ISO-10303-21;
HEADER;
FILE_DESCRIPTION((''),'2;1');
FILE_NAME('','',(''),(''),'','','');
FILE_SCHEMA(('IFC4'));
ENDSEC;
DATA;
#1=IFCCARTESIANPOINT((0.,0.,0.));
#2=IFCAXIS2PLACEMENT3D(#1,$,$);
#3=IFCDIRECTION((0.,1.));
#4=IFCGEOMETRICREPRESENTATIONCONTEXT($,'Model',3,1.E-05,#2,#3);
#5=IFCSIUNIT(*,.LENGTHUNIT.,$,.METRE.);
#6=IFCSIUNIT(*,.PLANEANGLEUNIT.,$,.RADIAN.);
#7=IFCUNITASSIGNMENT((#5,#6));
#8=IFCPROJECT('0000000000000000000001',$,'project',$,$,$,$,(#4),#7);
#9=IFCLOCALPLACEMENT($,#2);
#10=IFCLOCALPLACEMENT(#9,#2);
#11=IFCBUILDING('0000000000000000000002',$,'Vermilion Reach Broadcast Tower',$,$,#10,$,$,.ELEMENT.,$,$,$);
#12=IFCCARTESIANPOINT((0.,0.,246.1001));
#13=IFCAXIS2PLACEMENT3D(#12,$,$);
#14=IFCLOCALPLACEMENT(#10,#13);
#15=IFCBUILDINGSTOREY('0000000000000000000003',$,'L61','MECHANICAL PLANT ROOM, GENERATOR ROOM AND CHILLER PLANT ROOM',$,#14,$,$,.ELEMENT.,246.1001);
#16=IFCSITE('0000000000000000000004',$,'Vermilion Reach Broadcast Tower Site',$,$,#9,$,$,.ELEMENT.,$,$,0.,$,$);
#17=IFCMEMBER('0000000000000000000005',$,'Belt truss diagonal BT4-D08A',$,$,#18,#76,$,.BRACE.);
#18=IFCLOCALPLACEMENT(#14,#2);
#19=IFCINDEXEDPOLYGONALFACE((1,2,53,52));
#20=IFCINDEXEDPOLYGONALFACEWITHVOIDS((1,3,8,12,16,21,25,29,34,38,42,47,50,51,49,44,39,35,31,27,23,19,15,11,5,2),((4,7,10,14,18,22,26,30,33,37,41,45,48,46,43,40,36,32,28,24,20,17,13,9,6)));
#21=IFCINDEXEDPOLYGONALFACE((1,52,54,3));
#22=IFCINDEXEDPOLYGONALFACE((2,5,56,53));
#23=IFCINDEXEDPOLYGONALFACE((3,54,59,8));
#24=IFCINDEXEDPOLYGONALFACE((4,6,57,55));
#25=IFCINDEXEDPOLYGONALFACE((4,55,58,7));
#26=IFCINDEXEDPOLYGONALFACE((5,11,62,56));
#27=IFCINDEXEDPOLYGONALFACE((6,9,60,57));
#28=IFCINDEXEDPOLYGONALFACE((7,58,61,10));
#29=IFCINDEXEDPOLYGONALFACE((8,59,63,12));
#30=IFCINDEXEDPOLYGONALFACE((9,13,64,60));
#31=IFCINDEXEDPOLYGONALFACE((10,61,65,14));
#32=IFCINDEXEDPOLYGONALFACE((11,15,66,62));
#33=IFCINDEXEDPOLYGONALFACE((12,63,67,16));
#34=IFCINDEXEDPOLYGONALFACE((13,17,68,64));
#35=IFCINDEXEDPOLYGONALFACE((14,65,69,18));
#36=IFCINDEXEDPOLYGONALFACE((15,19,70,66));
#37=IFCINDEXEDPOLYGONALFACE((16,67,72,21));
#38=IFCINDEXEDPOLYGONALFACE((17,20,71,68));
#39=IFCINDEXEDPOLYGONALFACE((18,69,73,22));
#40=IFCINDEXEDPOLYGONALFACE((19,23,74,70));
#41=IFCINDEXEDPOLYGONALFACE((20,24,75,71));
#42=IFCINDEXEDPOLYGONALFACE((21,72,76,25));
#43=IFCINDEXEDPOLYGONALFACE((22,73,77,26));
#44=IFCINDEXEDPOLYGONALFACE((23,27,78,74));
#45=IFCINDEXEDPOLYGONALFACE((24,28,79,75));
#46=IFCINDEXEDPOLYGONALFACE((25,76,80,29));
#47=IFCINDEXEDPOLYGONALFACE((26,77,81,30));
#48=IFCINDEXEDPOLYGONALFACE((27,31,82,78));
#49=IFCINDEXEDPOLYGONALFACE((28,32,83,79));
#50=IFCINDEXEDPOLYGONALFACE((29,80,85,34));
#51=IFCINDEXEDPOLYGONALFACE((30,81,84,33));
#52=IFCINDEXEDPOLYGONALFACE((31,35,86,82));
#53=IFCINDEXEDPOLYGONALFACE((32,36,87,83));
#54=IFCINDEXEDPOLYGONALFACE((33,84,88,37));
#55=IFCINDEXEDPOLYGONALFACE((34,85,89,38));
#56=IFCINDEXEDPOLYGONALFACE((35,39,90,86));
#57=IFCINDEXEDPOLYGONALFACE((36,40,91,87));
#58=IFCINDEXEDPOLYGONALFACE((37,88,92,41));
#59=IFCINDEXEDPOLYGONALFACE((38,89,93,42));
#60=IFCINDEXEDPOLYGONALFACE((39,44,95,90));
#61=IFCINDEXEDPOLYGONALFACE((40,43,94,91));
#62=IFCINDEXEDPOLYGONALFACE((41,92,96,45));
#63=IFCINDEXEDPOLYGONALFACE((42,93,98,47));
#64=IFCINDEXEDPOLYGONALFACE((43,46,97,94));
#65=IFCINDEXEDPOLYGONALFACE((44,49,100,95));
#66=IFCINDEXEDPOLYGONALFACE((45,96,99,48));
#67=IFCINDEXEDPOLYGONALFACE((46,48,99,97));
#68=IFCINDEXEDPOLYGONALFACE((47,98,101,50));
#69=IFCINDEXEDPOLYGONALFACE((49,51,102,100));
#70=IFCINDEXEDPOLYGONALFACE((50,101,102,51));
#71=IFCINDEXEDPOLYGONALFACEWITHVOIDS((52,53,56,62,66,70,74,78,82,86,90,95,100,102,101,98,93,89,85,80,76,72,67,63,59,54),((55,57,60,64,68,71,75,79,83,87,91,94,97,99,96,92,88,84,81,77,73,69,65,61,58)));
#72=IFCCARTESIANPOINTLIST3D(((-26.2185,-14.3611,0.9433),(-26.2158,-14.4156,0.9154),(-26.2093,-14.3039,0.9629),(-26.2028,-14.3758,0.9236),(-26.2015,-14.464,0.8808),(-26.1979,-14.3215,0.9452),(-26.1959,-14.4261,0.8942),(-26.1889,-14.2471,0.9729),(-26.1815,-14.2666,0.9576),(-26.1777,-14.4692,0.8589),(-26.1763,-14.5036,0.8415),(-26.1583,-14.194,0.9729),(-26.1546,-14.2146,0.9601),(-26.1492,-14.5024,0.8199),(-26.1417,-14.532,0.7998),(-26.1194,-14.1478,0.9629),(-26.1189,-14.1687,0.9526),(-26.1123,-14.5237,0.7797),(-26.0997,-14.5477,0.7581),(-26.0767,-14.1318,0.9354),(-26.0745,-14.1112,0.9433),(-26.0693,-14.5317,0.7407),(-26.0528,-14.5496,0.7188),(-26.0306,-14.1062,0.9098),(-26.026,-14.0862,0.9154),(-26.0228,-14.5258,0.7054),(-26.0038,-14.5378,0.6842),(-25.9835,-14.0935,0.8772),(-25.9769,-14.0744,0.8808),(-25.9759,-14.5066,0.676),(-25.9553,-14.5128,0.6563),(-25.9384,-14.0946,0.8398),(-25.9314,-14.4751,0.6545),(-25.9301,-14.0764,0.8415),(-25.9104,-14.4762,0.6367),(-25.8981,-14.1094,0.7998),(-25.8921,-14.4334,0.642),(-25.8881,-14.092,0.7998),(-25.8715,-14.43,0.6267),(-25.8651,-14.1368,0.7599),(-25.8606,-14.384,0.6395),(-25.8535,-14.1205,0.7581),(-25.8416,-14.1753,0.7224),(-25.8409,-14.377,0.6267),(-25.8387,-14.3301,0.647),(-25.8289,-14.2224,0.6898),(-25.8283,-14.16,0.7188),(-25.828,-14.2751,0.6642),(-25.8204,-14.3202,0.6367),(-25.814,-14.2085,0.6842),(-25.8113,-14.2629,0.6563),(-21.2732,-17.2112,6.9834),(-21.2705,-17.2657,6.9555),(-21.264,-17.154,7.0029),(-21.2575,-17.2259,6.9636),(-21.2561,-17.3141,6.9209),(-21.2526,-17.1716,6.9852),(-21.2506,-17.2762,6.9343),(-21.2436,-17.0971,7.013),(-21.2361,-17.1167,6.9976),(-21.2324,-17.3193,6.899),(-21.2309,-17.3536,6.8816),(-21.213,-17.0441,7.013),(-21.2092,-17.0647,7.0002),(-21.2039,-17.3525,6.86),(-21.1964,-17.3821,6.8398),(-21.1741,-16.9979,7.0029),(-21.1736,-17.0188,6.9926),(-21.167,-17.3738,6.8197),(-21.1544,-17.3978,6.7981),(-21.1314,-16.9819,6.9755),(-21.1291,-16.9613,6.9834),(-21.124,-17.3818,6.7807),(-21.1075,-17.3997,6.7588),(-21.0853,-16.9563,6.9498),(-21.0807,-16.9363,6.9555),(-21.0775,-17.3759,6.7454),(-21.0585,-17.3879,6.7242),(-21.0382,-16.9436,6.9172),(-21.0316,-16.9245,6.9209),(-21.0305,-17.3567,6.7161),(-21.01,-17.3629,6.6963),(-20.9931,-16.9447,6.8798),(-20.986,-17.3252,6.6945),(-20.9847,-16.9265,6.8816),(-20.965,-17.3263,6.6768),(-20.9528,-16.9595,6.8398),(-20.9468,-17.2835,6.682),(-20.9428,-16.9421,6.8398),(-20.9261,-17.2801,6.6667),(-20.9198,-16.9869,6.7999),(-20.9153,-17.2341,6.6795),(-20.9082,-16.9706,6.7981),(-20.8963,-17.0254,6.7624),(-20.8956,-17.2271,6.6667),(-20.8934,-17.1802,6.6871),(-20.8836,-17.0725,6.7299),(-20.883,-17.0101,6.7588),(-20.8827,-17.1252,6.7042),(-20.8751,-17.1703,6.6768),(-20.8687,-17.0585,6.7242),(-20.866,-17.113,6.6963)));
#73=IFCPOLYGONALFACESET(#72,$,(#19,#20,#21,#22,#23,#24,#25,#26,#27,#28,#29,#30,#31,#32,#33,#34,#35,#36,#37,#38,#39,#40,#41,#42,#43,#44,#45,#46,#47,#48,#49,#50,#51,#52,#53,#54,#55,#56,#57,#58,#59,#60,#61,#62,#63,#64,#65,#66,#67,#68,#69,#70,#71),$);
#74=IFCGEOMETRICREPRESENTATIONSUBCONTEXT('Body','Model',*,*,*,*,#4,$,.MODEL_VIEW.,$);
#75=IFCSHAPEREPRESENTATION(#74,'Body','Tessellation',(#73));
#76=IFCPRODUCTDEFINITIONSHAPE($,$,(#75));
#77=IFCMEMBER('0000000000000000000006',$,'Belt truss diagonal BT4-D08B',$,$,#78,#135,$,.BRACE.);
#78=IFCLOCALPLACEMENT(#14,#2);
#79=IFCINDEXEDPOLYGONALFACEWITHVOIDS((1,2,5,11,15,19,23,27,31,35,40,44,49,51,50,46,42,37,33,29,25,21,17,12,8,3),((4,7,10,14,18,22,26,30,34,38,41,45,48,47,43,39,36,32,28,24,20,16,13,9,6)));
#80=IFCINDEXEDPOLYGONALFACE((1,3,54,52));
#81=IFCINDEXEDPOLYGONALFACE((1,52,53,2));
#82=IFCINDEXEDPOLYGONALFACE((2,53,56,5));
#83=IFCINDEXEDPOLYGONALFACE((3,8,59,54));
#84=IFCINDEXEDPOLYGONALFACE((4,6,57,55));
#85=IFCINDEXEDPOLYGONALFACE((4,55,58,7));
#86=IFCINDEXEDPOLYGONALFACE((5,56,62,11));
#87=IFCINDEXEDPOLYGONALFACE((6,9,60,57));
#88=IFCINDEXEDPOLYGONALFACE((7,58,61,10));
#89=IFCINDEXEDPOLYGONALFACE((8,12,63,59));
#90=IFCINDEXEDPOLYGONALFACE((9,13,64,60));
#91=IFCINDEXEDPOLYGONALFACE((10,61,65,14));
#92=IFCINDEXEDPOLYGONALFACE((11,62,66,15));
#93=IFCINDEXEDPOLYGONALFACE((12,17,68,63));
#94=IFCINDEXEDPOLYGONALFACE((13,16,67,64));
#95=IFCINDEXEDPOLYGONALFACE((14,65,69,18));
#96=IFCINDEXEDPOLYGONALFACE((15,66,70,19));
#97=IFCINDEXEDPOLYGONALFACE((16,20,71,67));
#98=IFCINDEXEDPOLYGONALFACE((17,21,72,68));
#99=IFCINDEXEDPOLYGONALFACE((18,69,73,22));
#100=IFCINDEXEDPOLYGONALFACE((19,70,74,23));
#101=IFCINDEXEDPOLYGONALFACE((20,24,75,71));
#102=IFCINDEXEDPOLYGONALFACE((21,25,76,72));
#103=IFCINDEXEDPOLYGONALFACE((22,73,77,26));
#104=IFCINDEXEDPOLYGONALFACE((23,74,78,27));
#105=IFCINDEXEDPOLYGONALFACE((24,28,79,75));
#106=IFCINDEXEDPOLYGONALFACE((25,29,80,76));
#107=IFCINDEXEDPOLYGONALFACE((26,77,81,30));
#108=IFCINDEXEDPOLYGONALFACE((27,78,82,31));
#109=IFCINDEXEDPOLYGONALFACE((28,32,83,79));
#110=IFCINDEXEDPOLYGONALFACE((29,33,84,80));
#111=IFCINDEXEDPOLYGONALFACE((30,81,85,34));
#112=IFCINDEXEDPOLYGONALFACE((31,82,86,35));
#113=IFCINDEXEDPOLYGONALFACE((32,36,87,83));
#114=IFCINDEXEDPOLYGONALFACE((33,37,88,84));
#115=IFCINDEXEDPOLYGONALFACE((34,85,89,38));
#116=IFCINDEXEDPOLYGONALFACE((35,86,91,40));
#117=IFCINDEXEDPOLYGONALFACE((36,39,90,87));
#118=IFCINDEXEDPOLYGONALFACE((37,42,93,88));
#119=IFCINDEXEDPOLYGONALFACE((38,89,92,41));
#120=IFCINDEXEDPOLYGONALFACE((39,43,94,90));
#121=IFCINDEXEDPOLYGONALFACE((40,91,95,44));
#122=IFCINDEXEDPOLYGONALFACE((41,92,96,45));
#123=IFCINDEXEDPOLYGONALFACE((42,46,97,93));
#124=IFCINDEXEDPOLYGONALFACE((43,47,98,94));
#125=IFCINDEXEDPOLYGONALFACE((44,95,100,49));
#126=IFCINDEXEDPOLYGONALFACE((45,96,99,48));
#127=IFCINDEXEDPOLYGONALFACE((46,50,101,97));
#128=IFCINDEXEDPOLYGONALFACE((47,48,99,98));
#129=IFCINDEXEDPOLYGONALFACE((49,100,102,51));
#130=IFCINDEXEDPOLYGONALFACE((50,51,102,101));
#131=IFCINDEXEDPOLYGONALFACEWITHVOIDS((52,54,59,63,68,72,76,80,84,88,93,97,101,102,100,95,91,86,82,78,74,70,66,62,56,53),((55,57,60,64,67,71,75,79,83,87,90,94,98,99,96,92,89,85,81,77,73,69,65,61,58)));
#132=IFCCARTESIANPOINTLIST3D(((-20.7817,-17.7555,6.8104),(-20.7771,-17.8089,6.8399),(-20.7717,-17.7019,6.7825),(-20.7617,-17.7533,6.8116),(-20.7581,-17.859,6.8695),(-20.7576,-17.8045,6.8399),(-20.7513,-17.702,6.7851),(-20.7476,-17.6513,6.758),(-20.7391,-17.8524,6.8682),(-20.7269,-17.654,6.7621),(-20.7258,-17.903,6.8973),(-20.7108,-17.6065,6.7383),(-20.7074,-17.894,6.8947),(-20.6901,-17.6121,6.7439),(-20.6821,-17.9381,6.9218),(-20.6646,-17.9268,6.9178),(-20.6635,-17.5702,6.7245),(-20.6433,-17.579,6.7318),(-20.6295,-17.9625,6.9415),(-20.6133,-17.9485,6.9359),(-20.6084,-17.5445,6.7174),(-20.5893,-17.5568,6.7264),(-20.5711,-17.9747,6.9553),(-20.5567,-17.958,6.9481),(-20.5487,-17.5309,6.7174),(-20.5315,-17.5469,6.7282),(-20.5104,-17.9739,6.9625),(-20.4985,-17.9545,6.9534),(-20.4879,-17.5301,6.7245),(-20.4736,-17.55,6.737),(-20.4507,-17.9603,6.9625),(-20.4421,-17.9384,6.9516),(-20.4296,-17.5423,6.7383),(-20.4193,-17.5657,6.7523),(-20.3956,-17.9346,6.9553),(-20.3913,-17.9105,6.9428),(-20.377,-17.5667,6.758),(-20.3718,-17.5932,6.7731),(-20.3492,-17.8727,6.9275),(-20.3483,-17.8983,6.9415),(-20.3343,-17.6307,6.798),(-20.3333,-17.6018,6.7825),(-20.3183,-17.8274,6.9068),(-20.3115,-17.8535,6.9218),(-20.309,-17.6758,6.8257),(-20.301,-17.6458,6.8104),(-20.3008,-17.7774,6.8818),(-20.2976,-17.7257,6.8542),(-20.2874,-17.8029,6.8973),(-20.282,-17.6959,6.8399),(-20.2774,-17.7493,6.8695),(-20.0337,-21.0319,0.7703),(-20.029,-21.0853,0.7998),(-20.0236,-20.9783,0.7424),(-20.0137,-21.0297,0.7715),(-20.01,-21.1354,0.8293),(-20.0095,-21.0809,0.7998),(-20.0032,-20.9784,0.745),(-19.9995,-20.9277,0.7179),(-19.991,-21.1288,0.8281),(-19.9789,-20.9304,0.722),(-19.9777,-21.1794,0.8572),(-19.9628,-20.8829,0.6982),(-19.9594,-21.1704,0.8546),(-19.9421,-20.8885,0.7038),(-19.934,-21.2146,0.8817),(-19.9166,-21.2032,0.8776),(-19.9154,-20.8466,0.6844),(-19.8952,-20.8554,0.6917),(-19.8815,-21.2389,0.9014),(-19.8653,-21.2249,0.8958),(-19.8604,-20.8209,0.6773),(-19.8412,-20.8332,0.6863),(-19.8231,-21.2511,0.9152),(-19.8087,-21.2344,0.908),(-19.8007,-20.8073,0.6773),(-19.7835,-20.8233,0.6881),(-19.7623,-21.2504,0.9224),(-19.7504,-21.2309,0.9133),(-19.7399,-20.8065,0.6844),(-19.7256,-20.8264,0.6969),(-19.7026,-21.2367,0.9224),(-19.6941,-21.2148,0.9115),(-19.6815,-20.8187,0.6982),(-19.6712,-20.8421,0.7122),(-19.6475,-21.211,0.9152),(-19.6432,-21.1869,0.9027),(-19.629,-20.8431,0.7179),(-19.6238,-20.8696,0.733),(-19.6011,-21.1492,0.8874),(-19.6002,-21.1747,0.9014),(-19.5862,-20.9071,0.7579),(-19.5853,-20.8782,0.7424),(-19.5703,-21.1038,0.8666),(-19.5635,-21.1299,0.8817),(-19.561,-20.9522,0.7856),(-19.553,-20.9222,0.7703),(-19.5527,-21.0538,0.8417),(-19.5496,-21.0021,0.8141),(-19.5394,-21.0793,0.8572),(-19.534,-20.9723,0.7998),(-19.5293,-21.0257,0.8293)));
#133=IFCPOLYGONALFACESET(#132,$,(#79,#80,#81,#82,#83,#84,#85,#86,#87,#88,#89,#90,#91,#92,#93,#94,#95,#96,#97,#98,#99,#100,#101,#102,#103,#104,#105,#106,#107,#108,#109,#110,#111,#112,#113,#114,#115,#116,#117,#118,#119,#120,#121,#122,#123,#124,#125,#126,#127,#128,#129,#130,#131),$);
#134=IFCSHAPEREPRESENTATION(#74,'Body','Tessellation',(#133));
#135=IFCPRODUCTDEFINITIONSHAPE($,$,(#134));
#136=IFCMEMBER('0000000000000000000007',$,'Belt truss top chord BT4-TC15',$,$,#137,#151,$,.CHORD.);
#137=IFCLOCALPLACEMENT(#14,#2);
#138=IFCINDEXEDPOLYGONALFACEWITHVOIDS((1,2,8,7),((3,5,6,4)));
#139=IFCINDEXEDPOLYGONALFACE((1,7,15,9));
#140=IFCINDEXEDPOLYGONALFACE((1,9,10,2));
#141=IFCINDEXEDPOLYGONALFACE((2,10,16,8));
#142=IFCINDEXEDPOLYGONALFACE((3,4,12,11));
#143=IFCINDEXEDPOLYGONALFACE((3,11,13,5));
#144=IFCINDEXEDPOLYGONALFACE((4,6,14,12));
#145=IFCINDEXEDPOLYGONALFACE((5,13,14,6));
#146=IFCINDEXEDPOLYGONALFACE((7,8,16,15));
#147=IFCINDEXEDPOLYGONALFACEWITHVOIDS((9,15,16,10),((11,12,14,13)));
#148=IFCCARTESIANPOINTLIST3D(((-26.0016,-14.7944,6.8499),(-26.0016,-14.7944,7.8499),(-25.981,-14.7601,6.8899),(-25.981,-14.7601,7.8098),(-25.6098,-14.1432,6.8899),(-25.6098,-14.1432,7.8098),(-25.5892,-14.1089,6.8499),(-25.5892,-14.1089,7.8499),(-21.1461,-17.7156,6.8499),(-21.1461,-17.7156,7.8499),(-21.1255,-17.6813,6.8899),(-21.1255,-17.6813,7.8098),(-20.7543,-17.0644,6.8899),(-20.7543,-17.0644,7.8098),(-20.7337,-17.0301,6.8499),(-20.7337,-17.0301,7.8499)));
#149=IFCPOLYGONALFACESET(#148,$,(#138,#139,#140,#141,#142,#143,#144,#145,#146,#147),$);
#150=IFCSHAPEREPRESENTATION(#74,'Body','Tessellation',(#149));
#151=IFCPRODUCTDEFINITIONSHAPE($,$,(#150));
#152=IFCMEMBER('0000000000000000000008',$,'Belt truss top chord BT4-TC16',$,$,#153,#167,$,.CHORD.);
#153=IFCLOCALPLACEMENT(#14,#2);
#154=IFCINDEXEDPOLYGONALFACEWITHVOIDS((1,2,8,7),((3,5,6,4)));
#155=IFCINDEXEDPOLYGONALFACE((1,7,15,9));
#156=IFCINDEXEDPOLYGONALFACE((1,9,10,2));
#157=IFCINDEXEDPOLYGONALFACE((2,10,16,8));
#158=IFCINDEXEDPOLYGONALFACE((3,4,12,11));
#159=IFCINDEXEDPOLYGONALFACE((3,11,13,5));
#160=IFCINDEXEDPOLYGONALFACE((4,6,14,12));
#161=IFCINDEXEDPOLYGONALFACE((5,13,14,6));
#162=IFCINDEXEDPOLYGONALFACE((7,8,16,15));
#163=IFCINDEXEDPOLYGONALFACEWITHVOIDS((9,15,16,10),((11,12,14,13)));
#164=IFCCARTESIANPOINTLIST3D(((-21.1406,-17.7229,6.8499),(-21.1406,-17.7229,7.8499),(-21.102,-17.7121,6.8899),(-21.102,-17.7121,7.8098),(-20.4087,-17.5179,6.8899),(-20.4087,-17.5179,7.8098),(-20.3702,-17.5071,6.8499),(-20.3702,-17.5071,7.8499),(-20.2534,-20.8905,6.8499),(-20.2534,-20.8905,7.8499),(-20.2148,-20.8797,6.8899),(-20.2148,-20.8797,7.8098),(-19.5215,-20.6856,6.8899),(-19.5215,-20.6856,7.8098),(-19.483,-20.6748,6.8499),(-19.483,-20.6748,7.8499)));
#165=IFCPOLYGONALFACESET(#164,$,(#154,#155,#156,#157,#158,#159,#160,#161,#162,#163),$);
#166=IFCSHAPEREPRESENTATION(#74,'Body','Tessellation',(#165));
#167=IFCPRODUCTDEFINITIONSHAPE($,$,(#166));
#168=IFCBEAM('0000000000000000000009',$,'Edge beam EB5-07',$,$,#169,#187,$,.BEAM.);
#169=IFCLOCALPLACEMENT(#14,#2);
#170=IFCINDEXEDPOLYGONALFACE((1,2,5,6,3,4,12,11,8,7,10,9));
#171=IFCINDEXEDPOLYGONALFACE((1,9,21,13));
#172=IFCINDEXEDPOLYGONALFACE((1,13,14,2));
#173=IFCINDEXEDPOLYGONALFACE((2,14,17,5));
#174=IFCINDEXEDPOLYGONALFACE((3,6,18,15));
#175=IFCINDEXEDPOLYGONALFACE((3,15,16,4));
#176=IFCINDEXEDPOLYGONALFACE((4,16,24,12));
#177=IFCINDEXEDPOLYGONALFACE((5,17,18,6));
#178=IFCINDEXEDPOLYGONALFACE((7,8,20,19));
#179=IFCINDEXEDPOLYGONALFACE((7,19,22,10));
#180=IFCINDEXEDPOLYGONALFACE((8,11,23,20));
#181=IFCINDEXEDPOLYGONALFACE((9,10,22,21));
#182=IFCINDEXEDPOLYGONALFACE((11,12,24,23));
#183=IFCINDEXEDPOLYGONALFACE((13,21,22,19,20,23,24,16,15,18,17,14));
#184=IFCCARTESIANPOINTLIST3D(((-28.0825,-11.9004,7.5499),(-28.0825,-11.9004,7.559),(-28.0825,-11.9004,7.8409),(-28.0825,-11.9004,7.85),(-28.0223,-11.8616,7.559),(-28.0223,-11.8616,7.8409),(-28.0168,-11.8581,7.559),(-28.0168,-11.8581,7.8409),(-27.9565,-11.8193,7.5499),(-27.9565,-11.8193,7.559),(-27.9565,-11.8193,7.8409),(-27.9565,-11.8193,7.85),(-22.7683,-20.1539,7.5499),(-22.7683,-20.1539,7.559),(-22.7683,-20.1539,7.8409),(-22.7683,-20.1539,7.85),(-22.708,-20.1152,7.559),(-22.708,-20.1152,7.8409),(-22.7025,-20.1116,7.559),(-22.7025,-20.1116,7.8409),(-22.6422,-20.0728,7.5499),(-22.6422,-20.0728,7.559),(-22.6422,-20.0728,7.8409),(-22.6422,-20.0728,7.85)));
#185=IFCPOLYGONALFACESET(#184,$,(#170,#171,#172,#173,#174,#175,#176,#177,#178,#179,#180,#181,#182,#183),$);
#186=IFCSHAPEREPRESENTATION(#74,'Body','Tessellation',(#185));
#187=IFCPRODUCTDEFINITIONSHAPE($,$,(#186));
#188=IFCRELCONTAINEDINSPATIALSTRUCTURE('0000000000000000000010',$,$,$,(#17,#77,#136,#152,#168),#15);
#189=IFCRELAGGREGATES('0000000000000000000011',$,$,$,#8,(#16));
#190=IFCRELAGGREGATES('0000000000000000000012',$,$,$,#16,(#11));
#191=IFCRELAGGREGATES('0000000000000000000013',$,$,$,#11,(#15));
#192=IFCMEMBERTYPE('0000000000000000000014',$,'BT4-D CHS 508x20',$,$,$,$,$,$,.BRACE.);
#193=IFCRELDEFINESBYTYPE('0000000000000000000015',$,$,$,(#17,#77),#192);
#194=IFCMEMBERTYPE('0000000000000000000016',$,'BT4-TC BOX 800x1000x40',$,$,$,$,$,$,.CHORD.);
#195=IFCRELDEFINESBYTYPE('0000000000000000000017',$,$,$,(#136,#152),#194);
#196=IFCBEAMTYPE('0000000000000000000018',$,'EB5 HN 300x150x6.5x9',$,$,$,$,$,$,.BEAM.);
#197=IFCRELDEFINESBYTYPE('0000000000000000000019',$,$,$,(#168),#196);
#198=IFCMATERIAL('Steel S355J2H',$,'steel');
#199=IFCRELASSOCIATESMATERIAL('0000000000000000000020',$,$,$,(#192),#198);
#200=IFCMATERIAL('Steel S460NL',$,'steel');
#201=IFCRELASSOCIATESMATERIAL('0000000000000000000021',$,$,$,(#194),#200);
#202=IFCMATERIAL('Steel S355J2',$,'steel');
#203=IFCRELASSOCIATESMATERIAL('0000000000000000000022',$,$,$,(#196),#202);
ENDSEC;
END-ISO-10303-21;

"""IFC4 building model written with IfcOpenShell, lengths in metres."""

from ifc_helpers import new_model, si_unit, direction, frame, origin, origin_2d, place, context, subcontext, project, spatial, hollow_rectangle, hollow_circle, i_section, extrude, material, material_profile, profile_set, type_object, element, save


model = new_model("IFC4")

# Units and contexts
model_context = context("Model", 3, precision=1e-05, world=origin(), true_north=direction((0.0, 1.0)))
body_context = subcontext(model_context, "Body", "Model", "MODEL_VIEW")
ifc_project = project(units=[si_unit("LENGTHUNIT", "METRE"), si_unit("PLANEANGLEUNIT", "RADIAN")], contexts=[model_context])

# Site, building, storey
site_placement = place(None, origin())
site = spatial("IfcSite", under=ifc_project, at=site_placement, Name="Vermilion Reach Broadcast Tower Site", CompositionType="ELEMENT", RefElevation=0.0)
building_placement = place(site_placement, origin())
building = spatial("IfcBuilding", under=site, at=building_placement, Name="Vermilion Reach Broadcast Tower", CompositionType="ELEMENT")
storey_placement = place(building_placement, frame((0.0, 0.0, 246.1001)))
storey = spatial("IfcBuildingStorey", under=building, at=storey_placement, Name="L61", Description="MECHANICAL PLANT ROOM, GENERATOR ROOM AND CHILLER PLANT ROOM", CompositionType="ELEMENT", Elevation=246.1001)

# Members
ifc_material_1 = material(Name="Steel S355J2H", Category="steel")
ifc_material_profile_1 = material_profile(ifc_material_1, hollow_circle(Radius=0.2539, WallThickness=0.02, at=origin_2d()), Name="S355J2H CHS 508x20")
ifc_profile_set_1 = profile_set([ifc_material_profile_1], Name="Steel S355J2H")
member_type_1 = type_object("IfcMemberType", Name="BT4-D CHS 508x20", PredefinedType="BRACE", material=ifc_profile_set_1)
member_1_placement = place(storey_placement, frame((-26.0149, -14.312, 0.7998), z_axis=(0.595082, -0.342959, 0.726813), x_axis=(0.499332, 0.866411, 0.0)))
element("IfcMember", 1, at=member_1_placement, inside=storey, type_object=member_type_1, Name="Belt truss diagonal BT4-D08A", PredefinedType="BRACE", context=body_context, shape_type="SweptSolid", body=[
    extrude(hollow_circle(Radius=0.2539, WallThickness=0.02, at=origin_2d()), origin(), (0.0, 0.0, 1.0), 8.3103),
])
member_2_placement = place(storey_placement, frame((-19.7815, -21.0288, 0.7998), z_axis=(-0.108224, 0.474009, 0.873844), x_axis=(-0.974913, -0.222588, 0.0)))
element("IfcMember", 2, at=member_2_placement, inside=storey, type_object=member_type_1, Name="Belt truss diagonal BT4-D08B", PredefinedType="BRACE", context=body_context, shape_type="SweptSolid", body=[
    extrude(hollow_circle(Radius=0.2539, WallThickness=0.02, at=origin_2d()), origin(), (0.0, 0.0, 1.0), 6.9121),
])
ifc_material_2 = material(Name="Steel S460NL", Category="steel")
ifc_material_profile_2 = material_profile(ifc_material_2, hollow_rectangle(XDim=0.8, YDim=1.0, WallThickness=0.04, at=origin_2d()), Name="S460NL BOX 800x1000x40")
ifc_profile_set_2 = profile_set([ifc_material_profile_2], Name="Steel S460NL")
member_type_2 = type_object("IfcMemberType", Name="BT4-TC BOX 800x1000x40", PredefinedType="CHORD", material=ifc_profile_set_2)
member_3_placement = place(storey_placement, frame((-25.7954, -14.4517, 7.3499), z_axis=(0.85688, -0.515515, 0.0), x_axis=(0.515515, 0.85688, 0.0)))
element("IfcMember", 3, at=member_3_placement, inside=storey, type_object=member_type_2, Name="Belt truss top chord BT4-TC15", PredefinedType="CHORD", context=body_context, shape_type="SweptSolid", body=[
    extrude(hollow_rectangle(XDim=0.8, YDim=1.0, WallThickness=0.04, at=origin_2d()), origin(), (0.0, 0.0, 1.0), 5.6665),
])
member_4_placement = place(storey_placement, frame((-20.7554, -17.615, 7.3499), z_axis=(0.269699, -0.962945, 0.0), x_axis=(0.962945, 0.269699, 0.0)))
element("IfcMember", 4, at=member_4_placement, inside=storey, type_object=member_type_2, Name="Belt truss top chord BT4-TC16", PredefinedType="CHORD", context=body_context, shape_type="SweptSolid", body=[
    extrude(hollow_rectangle(XDim=0.8, YDim=1.0, WallThickness=0.04, at=origin_2d()), origin(), (0.0, 0.0, 1.0), 3.2896),
])

# Beam
ifc_material_3 = material(Name="Steel S355J2", Category="steel")
ifc_material_profile_3 = material_profile(ifc_material_3, i_section(OverallWidth=0.1499, OverallDepth=0.3, WebThickness=0.0066, FlangeThickness=0.009, at=origin_2d()), Name="S355J2 HN 300x150x6.5x9")
ifc_profile_set_3 = profile_set([ifc_material_profile_3], Name="Steel S355J2")
beam_type_1 = type_object("IfcBeamType", Name="EB5 HN 300x150x6.5x9", PredefinedType="BEAM", material=ifc_profile_set_3)
beam_1_placement = place(storey_placement, frame((-28.0195, -11.8599, 7.7), z_axis=(0.541366, -0.840787, 0.0), x_axis=(0.840787, 0.541366, 0.0)))
element("IfcBeam", 5, at=beam_1_placement, inside=storey, type_object=beam_type_1, Name="Edge beam EB5-07", PredefinedType="BEAM", context=body_context, shape_type="SweptSolid", body=[
    extrude(i_section(OverallWidth=0.1499, OverallDepth=0.3, WebThickness=0.0066, FlangeThickness=0.009, at=origin_2d()), origin(), (0.0, 0.0, 1.0), 9.8164),
])

save(model, "model.ifc")
